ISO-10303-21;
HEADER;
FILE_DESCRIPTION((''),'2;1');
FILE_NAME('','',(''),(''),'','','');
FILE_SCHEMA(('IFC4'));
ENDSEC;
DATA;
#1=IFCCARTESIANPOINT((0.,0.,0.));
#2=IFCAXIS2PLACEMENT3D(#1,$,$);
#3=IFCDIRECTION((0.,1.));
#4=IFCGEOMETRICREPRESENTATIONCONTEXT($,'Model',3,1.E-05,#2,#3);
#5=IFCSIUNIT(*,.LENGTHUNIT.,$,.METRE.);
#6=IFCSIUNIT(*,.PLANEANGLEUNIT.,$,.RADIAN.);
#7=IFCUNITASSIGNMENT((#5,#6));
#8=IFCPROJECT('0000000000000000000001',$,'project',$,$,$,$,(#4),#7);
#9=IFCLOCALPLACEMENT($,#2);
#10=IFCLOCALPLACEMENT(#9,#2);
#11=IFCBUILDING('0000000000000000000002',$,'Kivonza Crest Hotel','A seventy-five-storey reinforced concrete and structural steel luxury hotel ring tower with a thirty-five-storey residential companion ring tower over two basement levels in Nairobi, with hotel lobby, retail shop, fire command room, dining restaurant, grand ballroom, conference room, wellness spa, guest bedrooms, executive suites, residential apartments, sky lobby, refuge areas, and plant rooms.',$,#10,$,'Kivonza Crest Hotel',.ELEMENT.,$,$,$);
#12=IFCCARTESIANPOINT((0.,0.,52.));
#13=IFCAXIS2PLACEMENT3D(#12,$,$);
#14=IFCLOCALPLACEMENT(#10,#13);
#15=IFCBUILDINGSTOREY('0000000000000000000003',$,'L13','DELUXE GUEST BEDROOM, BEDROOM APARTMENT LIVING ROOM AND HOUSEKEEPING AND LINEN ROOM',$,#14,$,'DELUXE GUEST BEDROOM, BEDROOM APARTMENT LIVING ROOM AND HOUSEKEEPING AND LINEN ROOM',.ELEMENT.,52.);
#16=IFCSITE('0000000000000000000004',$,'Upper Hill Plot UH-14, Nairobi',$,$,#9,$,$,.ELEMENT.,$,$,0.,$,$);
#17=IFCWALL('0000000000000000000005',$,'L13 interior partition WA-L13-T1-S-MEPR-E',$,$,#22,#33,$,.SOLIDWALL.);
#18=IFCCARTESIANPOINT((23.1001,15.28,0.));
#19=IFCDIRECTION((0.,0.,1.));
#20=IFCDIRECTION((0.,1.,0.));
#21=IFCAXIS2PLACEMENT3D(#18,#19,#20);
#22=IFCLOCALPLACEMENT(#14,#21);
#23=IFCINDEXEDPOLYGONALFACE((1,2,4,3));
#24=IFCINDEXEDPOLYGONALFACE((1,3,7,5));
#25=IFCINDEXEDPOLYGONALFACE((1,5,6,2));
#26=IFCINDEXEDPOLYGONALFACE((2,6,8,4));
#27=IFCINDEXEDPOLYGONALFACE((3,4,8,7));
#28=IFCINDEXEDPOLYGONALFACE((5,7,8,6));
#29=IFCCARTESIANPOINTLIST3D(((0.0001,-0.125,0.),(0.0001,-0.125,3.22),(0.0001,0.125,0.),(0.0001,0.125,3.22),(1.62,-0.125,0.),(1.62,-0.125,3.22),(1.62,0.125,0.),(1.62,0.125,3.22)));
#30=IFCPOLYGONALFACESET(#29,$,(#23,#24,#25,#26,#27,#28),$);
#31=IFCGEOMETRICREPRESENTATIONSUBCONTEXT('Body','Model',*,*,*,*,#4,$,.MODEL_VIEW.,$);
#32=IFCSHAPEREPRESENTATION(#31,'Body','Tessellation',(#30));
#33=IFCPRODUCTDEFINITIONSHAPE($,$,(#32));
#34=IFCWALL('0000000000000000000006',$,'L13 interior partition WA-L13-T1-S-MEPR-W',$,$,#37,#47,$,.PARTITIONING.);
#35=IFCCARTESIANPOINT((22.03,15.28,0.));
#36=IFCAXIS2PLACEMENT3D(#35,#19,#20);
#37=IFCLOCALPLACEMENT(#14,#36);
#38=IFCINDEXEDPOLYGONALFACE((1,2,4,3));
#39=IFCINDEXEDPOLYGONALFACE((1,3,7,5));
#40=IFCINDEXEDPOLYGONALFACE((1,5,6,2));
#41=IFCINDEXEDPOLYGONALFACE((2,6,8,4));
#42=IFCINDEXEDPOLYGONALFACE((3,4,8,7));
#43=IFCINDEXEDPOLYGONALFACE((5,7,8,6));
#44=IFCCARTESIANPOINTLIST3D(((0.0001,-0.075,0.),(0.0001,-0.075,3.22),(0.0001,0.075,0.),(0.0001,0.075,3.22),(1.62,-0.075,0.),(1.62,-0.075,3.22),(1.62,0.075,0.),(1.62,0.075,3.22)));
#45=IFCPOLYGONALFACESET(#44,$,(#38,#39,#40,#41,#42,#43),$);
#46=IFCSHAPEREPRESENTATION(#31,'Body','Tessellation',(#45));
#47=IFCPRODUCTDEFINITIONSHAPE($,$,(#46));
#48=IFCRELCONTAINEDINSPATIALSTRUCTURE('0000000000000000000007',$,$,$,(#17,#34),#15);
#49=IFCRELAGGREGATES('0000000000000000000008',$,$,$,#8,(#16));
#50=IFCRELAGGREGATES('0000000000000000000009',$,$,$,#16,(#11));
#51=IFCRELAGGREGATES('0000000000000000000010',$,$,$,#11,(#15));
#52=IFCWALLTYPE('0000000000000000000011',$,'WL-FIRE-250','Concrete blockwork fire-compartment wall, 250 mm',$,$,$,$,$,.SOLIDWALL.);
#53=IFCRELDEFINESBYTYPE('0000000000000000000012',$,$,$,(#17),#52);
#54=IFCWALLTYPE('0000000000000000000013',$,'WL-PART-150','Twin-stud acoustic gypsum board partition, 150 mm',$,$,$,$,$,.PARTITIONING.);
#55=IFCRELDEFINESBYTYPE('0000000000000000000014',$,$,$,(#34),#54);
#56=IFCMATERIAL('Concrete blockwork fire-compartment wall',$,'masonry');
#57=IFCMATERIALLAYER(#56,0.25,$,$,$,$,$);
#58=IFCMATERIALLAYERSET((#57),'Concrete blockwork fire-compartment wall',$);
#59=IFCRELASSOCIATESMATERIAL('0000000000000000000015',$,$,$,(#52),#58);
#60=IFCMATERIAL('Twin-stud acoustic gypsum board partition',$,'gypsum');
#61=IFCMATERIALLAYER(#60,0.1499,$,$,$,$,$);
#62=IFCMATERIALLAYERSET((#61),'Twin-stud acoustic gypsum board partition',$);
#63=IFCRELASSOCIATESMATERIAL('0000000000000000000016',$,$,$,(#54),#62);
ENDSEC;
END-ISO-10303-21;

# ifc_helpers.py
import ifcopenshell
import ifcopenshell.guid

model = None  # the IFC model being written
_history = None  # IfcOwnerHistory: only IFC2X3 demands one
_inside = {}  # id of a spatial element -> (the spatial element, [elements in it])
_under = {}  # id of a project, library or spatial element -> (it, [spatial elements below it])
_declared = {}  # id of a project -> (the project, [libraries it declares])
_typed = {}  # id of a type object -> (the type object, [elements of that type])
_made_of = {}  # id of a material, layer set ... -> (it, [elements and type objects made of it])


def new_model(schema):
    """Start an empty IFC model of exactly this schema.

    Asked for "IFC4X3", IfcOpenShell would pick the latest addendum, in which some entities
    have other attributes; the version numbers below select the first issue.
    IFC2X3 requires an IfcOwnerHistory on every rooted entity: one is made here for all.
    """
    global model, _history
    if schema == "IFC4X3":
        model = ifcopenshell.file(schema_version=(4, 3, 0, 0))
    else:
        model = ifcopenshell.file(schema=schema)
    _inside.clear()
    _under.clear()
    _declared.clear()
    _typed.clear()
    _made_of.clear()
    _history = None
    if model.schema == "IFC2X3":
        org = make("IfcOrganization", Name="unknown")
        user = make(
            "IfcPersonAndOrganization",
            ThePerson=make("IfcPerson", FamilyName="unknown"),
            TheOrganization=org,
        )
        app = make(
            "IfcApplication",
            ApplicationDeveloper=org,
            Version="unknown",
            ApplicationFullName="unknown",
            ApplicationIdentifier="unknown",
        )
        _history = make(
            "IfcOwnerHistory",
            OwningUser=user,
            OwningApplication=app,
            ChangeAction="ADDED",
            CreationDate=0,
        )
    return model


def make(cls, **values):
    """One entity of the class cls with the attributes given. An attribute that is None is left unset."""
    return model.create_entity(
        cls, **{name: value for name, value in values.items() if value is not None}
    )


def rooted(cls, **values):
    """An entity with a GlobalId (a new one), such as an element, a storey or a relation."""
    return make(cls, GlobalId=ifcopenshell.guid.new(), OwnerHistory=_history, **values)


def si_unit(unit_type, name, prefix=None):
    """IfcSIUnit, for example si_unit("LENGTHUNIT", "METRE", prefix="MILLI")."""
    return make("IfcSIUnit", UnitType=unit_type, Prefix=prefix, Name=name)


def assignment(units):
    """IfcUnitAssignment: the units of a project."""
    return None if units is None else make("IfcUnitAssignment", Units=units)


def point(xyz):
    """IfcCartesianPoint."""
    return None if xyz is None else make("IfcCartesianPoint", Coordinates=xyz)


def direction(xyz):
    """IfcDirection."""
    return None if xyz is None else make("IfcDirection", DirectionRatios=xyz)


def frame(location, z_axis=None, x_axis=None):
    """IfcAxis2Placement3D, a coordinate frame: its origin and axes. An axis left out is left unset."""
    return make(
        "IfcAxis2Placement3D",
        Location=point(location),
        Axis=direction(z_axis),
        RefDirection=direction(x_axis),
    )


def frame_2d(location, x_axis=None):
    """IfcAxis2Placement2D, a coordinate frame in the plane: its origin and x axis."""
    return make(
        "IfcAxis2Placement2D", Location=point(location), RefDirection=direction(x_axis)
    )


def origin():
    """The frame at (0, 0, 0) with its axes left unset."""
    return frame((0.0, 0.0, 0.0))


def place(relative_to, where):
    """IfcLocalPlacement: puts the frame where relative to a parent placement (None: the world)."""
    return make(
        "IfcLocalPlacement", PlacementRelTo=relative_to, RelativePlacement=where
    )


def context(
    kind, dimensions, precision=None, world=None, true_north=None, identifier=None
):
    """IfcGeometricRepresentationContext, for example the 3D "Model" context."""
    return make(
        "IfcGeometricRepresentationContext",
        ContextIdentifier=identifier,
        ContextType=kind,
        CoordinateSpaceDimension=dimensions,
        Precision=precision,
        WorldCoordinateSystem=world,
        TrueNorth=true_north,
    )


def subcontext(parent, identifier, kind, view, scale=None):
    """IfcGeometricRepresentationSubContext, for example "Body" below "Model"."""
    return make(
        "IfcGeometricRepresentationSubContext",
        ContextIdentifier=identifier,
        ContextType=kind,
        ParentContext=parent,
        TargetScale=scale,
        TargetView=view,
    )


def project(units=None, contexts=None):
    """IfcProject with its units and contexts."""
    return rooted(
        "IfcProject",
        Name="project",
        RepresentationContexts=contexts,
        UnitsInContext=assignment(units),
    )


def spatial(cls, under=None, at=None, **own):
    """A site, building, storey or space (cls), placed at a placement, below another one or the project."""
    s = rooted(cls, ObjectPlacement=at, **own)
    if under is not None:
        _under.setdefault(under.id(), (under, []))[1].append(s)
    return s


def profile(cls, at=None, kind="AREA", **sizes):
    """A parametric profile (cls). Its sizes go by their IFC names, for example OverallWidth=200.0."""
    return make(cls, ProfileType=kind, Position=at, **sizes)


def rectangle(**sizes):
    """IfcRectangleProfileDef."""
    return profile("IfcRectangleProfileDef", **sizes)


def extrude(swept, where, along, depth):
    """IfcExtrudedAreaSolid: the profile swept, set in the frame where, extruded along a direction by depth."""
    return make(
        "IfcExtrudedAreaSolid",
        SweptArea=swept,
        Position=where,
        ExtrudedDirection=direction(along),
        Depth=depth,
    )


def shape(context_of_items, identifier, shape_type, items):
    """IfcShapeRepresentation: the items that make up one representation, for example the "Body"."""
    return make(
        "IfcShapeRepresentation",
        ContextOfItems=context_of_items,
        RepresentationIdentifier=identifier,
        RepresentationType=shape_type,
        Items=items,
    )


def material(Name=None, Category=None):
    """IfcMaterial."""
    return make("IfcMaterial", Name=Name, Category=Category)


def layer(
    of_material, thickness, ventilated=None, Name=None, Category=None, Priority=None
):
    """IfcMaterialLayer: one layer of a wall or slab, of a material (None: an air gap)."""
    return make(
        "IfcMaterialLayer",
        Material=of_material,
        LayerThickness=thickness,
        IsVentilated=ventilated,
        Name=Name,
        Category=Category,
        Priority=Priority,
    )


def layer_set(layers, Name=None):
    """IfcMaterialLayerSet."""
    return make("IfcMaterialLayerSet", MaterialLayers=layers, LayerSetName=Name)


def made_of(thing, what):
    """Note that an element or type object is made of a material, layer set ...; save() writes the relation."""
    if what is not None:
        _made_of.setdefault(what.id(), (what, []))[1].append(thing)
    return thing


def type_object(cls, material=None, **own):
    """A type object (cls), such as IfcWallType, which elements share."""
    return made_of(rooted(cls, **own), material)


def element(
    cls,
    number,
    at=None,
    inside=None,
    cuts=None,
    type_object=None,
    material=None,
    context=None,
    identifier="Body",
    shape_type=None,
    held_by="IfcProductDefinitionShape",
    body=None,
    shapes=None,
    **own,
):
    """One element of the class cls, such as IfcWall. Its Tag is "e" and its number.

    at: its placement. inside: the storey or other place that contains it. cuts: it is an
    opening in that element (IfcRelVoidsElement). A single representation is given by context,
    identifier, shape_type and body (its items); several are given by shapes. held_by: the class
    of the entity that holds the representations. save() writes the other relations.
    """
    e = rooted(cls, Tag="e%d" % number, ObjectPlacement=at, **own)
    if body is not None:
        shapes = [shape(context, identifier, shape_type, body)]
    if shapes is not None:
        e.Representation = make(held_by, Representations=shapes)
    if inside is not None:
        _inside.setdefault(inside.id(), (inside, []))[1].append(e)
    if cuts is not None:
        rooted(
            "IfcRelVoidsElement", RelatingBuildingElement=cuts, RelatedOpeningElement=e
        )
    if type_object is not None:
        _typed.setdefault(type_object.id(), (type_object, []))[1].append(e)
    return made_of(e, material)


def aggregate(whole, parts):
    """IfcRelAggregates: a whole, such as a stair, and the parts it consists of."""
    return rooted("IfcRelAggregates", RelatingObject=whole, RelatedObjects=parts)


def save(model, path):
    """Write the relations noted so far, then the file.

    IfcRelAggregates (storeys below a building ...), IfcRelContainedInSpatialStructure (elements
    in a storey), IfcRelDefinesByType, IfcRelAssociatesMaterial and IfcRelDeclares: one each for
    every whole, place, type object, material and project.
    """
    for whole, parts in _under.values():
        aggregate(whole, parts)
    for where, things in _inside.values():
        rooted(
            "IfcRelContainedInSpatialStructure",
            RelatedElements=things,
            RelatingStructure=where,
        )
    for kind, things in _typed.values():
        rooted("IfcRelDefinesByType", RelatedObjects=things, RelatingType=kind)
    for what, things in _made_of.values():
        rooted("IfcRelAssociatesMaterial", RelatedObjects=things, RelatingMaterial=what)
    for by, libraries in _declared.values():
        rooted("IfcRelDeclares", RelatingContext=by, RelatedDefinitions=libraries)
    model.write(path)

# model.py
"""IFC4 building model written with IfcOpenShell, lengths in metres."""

from ifc_helpers import new_model, si_unit, direction, frame, frame_2d, origin, place, context, subcontext, project, spatial, rectangle, extrude, material, layer, layer_set, type_object, element, save


model = new_model("IFC4")

# Units and contexts
model_context = context("Model", 3, precision=1e-05, world=origin(), true_north=direction((0.0, 1.0)))
body_context = subcontext(model_context, "Body", "Model", "MODEL_VIEW")
ifc_project = project(units=[si_unit("LENGTHUNIT", "METRE"), si_unit("PLANEANGLEUNIT", "RADIAN")], contexts=[model_context])

# Site, building, storey
site_placement = place(None, origin())
site = spatial("IfcSite", under=ifc_project, at=site_placement, Name="Upper Hill Plot UH-14, Nairobi", CompositionType="ELEMENT", RefElevation=0.0)
building_placement = place(site_placement, origin())
building = spatial("IfcBuilding", under=site, at=building_placement, Name="Kivonza Crest Hotel", Description="A seventy-five-storey reinforced concrete and structural steel luxury hotel ring tower with a thirty-five-storey residential companion ring tower over two basement levels in Nairobi, with hotel lobby, retail shop, fire command room, dining restaurant, grand ballroom, conference room, wellness spa, guest bedrooms, executive suites, residential apartments, sky lobby, refuge areas, and plant rooms.", LongName="Kivonza Crest Hotel", CompositionType="ELEMENT")
storey_placement = place(building_placement, frame((0.0, 0.0, 52.0)))
storey = spatial("IfcBuildingStorey", under=building, at=storey_placement, Name="L13", Description="DELUXE GUEST BEDROOM, BEDROOM APARTMENT LIVING ROOM AND HOUSEKEEPING AND LINEN ROOM", LongName="DELUXE GUEST BEDROOM, BEDROOM APARTMENT LIVING ROOM AND HOUSEKEEPING AND LINEN ROOM", CompositionType="ELEMENT", Elevation=52.0)

# Walls
ifc_material_1 = material(Name="Concrete blockwork fire-compartment wall", Category="masonry")
ifc_layer_1 = layer(ifc_material_1, 0.25)
ifc_layer_set_1 = layer_set([ifc_layer_1], Name="Concrete blockwork fire-compartment wall")
wall_type_1 = type_object("IfcWallType", Name="WL-FIRE-250", Description="Concrete blockwork fire-compartment wall, 250 mm", PredefinedType="SOLIDWALL", material=ifc_layer_set_1)
wall_1_placement = place(storey_placement, frame((23.1001, 15.28, 0.0), z_axis=(0.0, 0.0, 1.0), x_axis=(0.0, 1.0, 0.0)))
element("IfcWall", 1, at=wall_1_placement, inside=storey, type_object=wall_type_1, Name="L13 interior partition WA-L13-T1-S-MEPR-E", PredefinedType="SOLIDWALL", context=body_context, shape_type="SweptSolid", body=[
    extrude(rectangle(XDim=1.6199, YDim=0.25, at=frame_2d((0.8101, 0.0))), origin(), (0.0, 0.0, 1.0), 3.22),
])
ifc_material_2 = material(Name="Twin-stud acoustic gypsum board partition", Category="gypsum")
ifc_layer_2 = layer(ifc_material_2, 0.1499)
ifc_layer_set_2 = layer_set([ifc_layer_2], Name="Twin-stud acoustic gypsum board partition")
wall_type_2 = type_object("IfcWallType", Name="WL-PART-150", Description="Twin-stud acoustic gypsum board partition, 150 mm", PredefinedType="PARTITIONING", material=ifc_layer_set_2)
wall_2_placement = place(storey_placement, frame((22.03, 15.28, 0.0), z_axis=(0.0, 0.0, 1.0), x_axis=(0.0, 1.0, 0.0)))
element("IfcWall", 2, at=wall_2_placement, inside=storey, type_object=wall_type_2, Name="L13 interior partition WA-L13-T1-S-MEPR-W", PredefinedType="PARTITIONING", context=body_context, shape_type="SweptSolid", body=[
    extrude(rectangle(XDim=1.6199, YDim=0.1499, at=frame_2d((0.8101, 0.0))), origin(), (0.0, 0.0, 1.0), 3.22),
])

save(model, "model.ifc")
